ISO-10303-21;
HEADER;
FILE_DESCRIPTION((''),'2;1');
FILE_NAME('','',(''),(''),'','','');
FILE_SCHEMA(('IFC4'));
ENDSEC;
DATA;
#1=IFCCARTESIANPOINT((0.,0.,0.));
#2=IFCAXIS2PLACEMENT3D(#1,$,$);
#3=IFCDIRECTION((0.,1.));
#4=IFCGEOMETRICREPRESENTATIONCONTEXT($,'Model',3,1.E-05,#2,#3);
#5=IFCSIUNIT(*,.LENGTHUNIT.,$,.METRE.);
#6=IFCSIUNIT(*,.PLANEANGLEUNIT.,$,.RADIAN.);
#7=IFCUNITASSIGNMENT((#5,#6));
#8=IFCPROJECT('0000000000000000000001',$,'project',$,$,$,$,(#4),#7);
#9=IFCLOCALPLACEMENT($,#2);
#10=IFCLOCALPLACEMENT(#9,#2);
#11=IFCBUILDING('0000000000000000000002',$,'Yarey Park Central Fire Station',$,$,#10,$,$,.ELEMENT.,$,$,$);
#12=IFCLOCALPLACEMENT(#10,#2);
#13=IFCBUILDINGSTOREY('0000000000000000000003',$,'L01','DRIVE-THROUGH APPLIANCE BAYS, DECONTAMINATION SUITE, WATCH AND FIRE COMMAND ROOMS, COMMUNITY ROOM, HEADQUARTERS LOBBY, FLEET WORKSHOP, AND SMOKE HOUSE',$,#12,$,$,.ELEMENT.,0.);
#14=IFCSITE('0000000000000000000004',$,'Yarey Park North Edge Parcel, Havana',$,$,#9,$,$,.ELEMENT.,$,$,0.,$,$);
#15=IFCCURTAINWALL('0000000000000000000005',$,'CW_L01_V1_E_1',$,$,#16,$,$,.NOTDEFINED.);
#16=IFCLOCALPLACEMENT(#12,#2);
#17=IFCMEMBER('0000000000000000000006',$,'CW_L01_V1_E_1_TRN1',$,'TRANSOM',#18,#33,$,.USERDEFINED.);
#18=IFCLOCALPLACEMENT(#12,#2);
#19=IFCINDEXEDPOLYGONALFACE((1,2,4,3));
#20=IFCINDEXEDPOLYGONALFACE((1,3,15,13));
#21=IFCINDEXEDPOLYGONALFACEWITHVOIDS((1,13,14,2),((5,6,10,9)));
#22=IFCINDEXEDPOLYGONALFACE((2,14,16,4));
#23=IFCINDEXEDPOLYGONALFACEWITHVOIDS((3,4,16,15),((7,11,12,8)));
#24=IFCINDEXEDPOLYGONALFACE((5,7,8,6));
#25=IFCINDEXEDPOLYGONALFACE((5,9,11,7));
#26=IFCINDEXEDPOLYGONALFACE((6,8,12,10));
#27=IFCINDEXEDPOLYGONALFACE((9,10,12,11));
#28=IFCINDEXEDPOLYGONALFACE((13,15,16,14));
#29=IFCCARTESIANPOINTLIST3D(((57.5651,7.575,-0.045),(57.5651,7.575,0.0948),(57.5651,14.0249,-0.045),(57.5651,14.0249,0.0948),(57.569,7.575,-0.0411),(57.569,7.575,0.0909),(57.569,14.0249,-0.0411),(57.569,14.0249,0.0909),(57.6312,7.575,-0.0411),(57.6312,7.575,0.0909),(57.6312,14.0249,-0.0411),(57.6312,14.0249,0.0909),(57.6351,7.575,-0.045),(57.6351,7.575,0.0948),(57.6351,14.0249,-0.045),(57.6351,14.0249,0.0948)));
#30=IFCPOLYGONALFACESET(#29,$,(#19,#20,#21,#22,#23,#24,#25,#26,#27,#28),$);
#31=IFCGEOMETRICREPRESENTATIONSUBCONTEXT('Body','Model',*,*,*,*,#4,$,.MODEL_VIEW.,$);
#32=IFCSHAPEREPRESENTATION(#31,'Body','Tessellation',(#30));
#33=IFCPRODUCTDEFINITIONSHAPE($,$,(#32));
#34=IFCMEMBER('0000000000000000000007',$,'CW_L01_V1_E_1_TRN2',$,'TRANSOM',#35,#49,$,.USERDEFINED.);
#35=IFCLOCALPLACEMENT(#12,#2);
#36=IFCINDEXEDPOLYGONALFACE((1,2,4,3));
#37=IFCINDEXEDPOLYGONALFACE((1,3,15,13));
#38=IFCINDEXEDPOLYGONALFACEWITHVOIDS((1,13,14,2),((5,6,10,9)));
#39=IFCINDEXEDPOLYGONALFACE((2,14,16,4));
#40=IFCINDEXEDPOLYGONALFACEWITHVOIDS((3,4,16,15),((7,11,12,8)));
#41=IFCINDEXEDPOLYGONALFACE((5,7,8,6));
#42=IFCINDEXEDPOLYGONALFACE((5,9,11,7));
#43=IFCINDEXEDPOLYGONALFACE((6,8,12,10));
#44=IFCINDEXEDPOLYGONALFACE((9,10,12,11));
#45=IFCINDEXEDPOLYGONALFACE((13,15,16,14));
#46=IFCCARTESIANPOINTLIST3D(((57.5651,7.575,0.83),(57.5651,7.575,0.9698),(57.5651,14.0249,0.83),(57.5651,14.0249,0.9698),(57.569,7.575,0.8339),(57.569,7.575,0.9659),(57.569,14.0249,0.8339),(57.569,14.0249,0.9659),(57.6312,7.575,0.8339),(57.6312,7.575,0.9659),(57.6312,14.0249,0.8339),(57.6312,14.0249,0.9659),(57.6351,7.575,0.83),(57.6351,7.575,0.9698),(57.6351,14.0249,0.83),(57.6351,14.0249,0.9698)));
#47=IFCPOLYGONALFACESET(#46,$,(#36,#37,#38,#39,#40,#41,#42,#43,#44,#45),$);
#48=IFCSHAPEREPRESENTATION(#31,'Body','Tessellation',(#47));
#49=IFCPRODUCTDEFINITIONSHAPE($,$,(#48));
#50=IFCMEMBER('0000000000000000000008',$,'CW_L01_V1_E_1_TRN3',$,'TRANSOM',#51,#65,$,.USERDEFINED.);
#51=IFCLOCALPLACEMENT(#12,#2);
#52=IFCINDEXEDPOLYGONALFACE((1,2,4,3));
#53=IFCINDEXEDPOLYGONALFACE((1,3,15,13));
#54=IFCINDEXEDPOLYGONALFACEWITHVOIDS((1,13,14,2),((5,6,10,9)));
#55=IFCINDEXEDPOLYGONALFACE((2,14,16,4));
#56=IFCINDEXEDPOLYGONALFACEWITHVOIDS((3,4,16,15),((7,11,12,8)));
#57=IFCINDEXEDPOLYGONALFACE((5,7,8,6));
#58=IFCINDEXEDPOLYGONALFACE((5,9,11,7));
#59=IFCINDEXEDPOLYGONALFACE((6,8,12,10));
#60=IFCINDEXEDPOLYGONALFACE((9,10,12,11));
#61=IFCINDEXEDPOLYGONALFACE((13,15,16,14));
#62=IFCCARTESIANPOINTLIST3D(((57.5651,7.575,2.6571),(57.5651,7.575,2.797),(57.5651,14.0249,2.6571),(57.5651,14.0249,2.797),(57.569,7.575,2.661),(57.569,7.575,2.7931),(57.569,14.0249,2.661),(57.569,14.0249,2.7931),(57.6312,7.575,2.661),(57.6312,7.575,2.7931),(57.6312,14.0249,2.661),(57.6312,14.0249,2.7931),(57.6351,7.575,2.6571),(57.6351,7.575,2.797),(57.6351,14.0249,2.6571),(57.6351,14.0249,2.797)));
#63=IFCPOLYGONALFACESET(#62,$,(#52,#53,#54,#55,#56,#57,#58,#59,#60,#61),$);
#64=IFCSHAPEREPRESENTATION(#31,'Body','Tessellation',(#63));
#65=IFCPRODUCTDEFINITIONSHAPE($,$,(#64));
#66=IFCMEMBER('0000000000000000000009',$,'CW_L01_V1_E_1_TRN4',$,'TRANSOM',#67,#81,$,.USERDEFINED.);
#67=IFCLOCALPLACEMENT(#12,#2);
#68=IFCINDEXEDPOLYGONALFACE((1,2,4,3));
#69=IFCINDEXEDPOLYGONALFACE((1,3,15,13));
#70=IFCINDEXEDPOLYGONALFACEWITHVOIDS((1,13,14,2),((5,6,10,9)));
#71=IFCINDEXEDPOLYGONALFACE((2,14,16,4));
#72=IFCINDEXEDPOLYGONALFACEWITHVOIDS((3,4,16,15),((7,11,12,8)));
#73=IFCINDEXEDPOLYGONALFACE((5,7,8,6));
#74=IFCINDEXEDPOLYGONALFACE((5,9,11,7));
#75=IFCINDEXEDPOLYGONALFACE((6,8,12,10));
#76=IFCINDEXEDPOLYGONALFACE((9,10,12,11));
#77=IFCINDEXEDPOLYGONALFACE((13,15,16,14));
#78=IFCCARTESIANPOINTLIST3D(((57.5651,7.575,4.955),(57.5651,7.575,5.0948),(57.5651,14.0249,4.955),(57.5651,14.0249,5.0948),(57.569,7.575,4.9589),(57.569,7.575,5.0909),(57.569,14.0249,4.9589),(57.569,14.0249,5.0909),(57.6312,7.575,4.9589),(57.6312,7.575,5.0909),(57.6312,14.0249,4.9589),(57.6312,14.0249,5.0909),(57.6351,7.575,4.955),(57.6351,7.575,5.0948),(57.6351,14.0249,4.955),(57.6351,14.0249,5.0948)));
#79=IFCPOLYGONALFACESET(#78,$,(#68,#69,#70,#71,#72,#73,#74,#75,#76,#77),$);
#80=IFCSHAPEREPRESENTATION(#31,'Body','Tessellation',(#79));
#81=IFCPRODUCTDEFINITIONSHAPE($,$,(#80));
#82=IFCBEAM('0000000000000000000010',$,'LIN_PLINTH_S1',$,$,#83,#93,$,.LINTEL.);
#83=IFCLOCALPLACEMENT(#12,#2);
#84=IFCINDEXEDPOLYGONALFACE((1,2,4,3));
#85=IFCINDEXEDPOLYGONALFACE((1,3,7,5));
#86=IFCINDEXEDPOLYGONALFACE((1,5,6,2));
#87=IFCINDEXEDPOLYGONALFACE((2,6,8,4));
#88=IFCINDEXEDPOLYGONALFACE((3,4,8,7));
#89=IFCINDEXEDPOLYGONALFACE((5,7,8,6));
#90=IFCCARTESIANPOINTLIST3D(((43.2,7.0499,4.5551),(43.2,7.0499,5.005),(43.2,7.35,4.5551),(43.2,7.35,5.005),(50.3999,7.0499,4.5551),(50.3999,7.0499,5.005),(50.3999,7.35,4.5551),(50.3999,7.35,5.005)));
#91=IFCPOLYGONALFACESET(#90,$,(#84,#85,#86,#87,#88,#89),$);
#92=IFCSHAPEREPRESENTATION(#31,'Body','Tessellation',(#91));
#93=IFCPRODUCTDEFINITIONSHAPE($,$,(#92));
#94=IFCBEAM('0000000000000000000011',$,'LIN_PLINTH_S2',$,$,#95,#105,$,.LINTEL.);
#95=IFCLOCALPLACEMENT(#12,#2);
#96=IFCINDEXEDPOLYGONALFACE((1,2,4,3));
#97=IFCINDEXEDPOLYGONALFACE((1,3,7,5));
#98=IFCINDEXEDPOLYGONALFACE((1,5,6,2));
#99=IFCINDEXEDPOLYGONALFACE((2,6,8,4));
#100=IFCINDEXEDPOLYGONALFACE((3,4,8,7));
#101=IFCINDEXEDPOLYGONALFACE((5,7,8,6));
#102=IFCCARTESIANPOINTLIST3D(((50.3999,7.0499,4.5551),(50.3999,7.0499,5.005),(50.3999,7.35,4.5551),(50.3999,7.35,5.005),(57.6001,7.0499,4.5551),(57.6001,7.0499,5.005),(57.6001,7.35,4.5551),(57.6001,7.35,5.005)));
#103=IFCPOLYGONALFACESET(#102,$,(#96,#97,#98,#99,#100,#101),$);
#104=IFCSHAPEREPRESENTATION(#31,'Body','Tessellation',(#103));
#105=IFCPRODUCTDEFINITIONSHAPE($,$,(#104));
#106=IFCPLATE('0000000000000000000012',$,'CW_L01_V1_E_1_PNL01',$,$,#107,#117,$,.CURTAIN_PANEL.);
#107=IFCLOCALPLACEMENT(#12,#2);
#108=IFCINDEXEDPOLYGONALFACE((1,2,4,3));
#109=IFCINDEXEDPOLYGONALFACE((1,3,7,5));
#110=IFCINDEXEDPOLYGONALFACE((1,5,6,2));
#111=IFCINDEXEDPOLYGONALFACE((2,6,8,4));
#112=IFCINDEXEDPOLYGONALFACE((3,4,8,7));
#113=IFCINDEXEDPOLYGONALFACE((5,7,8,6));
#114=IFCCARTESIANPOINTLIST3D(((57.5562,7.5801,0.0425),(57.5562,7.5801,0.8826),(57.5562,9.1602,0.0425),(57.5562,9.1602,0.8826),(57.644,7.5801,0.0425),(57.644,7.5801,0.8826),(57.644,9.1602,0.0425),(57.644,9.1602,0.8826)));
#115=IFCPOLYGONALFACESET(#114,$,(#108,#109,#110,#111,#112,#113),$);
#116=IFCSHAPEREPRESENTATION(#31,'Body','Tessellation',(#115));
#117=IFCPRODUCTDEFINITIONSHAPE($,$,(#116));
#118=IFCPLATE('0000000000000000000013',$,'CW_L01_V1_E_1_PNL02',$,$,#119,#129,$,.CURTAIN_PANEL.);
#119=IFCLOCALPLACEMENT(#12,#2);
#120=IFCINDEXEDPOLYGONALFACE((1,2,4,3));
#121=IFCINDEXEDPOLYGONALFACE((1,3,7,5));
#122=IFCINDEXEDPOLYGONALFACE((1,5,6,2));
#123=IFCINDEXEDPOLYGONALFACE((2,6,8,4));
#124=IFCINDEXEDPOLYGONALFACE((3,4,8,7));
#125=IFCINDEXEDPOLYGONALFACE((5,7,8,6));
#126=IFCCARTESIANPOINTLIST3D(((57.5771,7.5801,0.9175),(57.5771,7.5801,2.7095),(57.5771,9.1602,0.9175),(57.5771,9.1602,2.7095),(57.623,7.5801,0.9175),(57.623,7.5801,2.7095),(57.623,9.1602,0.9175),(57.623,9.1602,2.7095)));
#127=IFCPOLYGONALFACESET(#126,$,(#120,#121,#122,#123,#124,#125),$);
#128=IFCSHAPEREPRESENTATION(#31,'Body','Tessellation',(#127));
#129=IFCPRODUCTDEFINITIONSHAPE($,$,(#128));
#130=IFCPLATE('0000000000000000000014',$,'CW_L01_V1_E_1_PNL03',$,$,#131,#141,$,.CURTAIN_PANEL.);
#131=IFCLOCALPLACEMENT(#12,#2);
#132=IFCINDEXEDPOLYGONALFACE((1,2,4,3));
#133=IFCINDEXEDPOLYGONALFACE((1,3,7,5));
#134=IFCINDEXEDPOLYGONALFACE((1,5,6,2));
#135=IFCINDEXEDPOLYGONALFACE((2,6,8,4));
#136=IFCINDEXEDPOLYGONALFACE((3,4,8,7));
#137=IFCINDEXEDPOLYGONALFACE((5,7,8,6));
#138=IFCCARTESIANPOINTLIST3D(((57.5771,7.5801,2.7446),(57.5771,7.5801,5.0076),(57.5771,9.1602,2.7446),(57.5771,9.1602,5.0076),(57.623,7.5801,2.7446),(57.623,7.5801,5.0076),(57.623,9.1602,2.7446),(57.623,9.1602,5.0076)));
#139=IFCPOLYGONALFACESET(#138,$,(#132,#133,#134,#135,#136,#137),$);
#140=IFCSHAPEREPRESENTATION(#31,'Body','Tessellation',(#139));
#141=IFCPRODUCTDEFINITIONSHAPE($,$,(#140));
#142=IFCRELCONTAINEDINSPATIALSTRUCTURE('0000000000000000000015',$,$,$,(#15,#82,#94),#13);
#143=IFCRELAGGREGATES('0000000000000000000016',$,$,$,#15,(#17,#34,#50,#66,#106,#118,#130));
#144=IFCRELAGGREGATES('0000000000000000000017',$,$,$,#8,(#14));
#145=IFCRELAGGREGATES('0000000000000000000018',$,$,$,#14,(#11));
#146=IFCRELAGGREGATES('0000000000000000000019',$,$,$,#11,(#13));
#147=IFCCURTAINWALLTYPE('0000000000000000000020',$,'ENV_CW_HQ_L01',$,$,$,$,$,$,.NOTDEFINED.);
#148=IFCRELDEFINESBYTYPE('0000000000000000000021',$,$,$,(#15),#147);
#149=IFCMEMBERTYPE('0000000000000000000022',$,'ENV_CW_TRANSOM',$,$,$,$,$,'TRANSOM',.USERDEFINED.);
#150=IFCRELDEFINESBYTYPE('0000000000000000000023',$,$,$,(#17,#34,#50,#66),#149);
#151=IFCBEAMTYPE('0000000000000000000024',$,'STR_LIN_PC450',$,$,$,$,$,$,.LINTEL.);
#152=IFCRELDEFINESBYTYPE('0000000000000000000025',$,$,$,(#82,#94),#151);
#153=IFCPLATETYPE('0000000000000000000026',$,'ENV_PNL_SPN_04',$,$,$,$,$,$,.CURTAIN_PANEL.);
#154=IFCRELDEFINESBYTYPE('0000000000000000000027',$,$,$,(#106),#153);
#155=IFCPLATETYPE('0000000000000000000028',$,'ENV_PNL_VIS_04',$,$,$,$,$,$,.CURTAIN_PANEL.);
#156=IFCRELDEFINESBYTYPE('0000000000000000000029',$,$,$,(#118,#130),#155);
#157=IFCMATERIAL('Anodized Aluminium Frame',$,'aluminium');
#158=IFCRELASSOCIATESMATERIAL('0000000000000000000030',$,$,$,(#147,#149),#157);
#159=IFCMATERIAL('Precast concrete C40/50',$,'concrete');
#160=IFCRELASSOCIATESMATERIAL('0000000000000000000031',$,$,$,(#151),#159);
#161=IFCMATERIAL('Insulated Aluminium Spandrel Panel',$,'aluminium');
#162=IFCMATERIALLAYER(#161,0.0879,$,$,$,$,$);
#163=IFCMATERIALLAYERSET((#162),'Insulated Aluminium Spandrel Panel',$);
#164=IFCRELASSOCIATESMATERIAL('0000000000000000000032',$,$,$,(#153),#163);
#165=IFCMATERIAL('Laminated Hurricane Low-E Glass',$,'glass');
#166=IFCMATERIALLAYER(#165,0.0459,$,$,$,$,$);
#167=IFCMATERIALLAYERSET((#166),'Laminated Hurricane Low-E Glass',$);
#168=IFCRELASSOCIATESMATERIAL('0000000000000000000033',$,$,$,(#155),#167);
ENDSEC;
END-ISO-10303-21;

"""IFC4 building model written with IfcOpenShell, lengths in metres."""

from ifc_helpers import new_model, si_unit, direction, frame, origin, origin_2d, place, context, subcontext, project, spatial, rectangle, hollow_rectangle, extrude, material, layer, layer_set, material_profile, profile_set, type_object, element, aggregate, save


model = new_model("IFC4")

# Units and contexts
model_context = context("Model", 3, precision=1e-05, world=origin(), true_north=direction((0.0, 1.0)))
body_context = subcontext(model_context, "Body", "Model", "MODEL_VIEW")
ifc_project = project(units=[si_unit("LENGTHUNIT", "METRE"), si_unit("PLANEANGLEUNIT", "RADIAN")], contexts=[model_context])

# Site, building, storey
site_placement = place(None, origin())
site = spatial("IfcSite", under=ifc_project, at=site_placement, Name="Yarey Park North Edge Parcel, Havana", CompositionType="ELEMENT", RefElevation=0.0)
building_placement = place(site_placement, origin())
building = spatial("IfcBuilding", under=site, at=building_placement, Name="Yarey Park Central Fire Station", CompositionType="ELEMENT")
storey_placement = place(building_placement, origin())
storey = spatial("IfcBuildingStorey", under=building, at=storey_placement, Name="L01", Description="DRIVE-THROUGH APPLIANCE BAYS, DECONTAMINATION SUITE, WATCH AND FIRE COMMAND ROOMS, COMMUNITY ROOM, HEADQUARTERS LOBBY, FLEET WORKSHOP, AND SMOKE HOUSE", CompositionType="ELEMENT", Elevation=0.0)

# Curtain wall, members
ifc_material_1 = material(Name="Anodized Aluminium Frame", Category="aluminium")
curtain_wall_type = type_object("IfcCurtainWallType", Name="ENV_CW_HQ_L01", PredefinedType="NOTDEFINED", material=ifc_material_1)
curtain_wall_placement = place(storey_placement, origin())
curtain_wall = element("IfcCurtainWall", 1, at=curtain_wall_placement, inside=storey, type_object=curtain_wall_type, Name="CW_L01_V1_E_1", PredefinedType="NOTDEFINED")
ifc_material_profile_1 = material_profile(ifc_material_1, hollow_rectangle(XDim=0.0701, YDim=0.1399, WallThickness=0.0039, at=origin_2d()), Name="ALU 140x70x4")
ifc_profile_set_1 = profile_set([ifc_material_profile_1], Name="Anodized Aluminium Frame")
member_type_1 = type_object("IfcMemberType", Name="ENV_CW_TRANSOM", ElementType="TRANSOM", PredefinedType="USERDEFINED", material=ifc_profile_set_1)
member_1_placement = place(storey_placement, frame((57.6001, 7.575, 0.0249), z_axis=(0.0, 1.0, 0.0), x_axis=(-1.0, 0.0, 0.0)))
member_1 = element("IfcMember", 2, at=member_1_placement, type_object=member_type_1, Name="CW_L01_V1_E_1_TRN1", ObjectType="TRANSOM", PredefinedType="USERDEFINED", context=body_context, shape_type="SweptSolid", body=[
    extrude(hollow_rectangle(XDim=0.0701, YDim=0.1399, WallThickness=0.0039, at=origin_2d()), origin(), (0.0, 0.0, 1.0), 6.45),
])
member_2_placement = place(storey_placement, frame((57.6001, 7.575, 0.8999), z_axis=(0.0, 1.0, 0.0), x_axis=(-1.0, 0.0, 0.0)))
member_2 = element("IfcMember", 3, at=member_2_placement, type_object=member_type_1, Name="CW_L01_V1_E_1_TRN2", ObjectType="TRANSOM", PredefinedType="USERDEFINED", context=body_context, shape_type="SweptSolid", body=[
    extrude(hollow_rectangle(XDim=0.0701, YDim=0.1399, WallThickness=0.0039, at=origin_2d()), origin(), (0.0, 0.0, 1.0), 6.45),
])
member_3_placement = place(storey_placement, frame((57.6001, 7.575, 2.7271), z_axis=(0.0, 1.0, 0.0), x_axis=(-1.0, 0.0, 0.0)))
member_3 = element("IfcMember", 4, at=member_3_placement, type_object=member_type_1, Name="CW_L01_V1_E_1_TRN3", ObjectType="TRANSOM", PredefinedType="USERDEFINED", context=body_context, shape_type="SweptSolid", body=[
    extrude(hollow_rectangle(XDim=0.0701, YDim=0.1399, WallThickness=0.0039, at=origin_2d()), origin(), (0.0, 0.0, 1.0), 6.45),
])
member_4_placement = place(storey_placement, frame((57.6001, 7.575, 5.0249), z_axis=(0.0, 1.0, 0.0), x_axis=(-1.0, 0.0, 0.0)))
member_4 = element("IfcMember", 5, at=member_4_placement, type_object=member_type_1, Name="CW_L01_V1_E_1_TRN4", ObjectType="TRANSOM", PredefinedType="USERDEFINED", context=body_context, shape_type="SweptSolid", body=[
    extrude(hollow_rectangle(XDim=0.0701, YDim=0.1399, WallThickness=0.0039, at=origin_2d()), origin(), (0.0, 0.0, 1.0), 6.45),
])

# Beams
ifc_material_2 = material(Name="Precast concrete C40/50", Category="concrete")
ifc_material_profile_2 = material_profile(ifc_material_2, rectangle(XDim=0.3, YDim=0.45, at=origin_2d()), Name="PC 300x450")
ifc_profile_set_2 = profile_set([ifc_material_profile_2], Name="Precast concrete C40/50")
beam_type = type_object("IfcBeamType", Name="STR_LIN_PC450", PredefinedType="LINTEL", material=ifc_profile_set_2)
beam_1_placement = place(storey_placement, frame((43.2, 7.2, 4.78), z_axis=(1.0, 0.0, 0.0), x_axis=(0.0, 1.0, 0.0)))
element("IfcBeam", 6, at=beam_1_placement, inside=storey, type_object=beam_type, Name="LIN_PLINTH_S1", PredefinedType="LINTEL", context=body_context, shape_type="SweptSolid", body=[
    extrude(rectangle(XDim=0.3, YDim=0.45, at=origin_2d()), origin(), (0.0, 0.0, 1.0), 7.2),
])
beam_2_placement = place(storey_placement, frame((50.3999, 7.2, 4.78), z_axis=(1.0, 0.0, 0.0), x_axis=(0.0, 1.0, 0.0)))
element("IfcBeam", 7, at=beam_2_placement, inside=storey, type_object=beam_type, Name="LIN_PLINTH_S2", PredefinedType="LINTEL", context=body_context, shape_type="SweptSolid", body=[
    extrude(rectangle(XDim=0.3, YDim=0.45, at=origin_2d()), origin(), (0.0, 0.0, 1.0), 7.2002),
])

# Plates
ifc_material_3 = material(Name="Insulated Aluminium Spandrel Panel", Category="aluminium")
ifc_layer_1 = layer(ifc_material_3, 0.0879)
ifc_layer_set_1 = layer_set([ifc_layer_1], Name="Insulated Aluminium Spandrel Panel")
plate_type_1 = type_object("IfcPlateType", Name="ENV_PNL_SPN_04", PredefinedType="CURTAIN_PANEL", material=ifc_layer_set_1)
plate_1_placement = place(storey_placement, frame((57.6001, 8.3701, 0.0425), z_axis=(0.0, 0.0, 1.0), x_axis=(0.0, 1.0, 0.0)))
plate_1 = element("IfcPlate", 8, at=plate_1_placement, type_object=plate_type_1, Name="CW_L01_V1_E_1_PNL01", PredefinedType="CURTAIN_PANEL", context=body_context, shape_type="SweptSolid", body=[
    extrude(rectangle(XDim=1.5801, YDim=0.0879, at=origin_2d()), origin(), (0.0, 0.0, 1.0), 0.8401),
])
ifc_material_4 = material(Name="Laminated Hurricane Low-E Glass", Category="glass")
ifc_layer_2 = layer(ifc_material_4, 0.0459)
ifc_layer_set_2 = layer_set([ifc_layer_2], Name="Laminated Hurricane Low-E Glass")
plate_type_2 = type_object("IfcPlateType", Name="ENV_PNL_VIS_04", PredefinedType="CURTAIN_PANEL", material=ifc_layer_set_2)
plate_2_placement = place(storey_placement, frame((57.6001, 8.3701, 0.9175), z_axis=(0.0, 0.0, 1.0), x_axis=(0.0, 1.0, 0.0)))
plate_2 = element("IfcPlate", 9, at=plate_2_placement, type_object=plate_type_2, Name="CW_L01_V1_E_1_PNL02", PredefinedType="CURTAIN_PANEL", context=body_context, shape_type="SweptSolid", body=[
    extrude(rectangle(XDim=1.5801, YDim=0.0459, at=origin_2d()), origin(), (0.0, 0.0, 1.0), 1.792),
])
plate_3_placement = place(storey_placement, frame((57.6001, 8.3701, 2.7446), z_axis=(0.0, 0.0, 1.0), x_axis=(0.0, 1.0, 0.0)))
plate_3 = element("IfcPlate", 10, at=plate_3_placement, type_object=plate_type_2, Name="CW_L01_V1_E_1_PNL03", PredefinedType="CURTAIN_PANEL", context=body_context, shape_type="SweptSolid", body=[
    extrude(rectangle(XDim=1.5801, YDim=0.0459, at=origin_2d()), origin(), (0.0, 0.0, 1.0), 2.2629),
])
aggregate(curtain_wall, [member_1, member_2, member_3, member_4, plate_1, plate_2, plate_3])

save(model, "model.ifc")
